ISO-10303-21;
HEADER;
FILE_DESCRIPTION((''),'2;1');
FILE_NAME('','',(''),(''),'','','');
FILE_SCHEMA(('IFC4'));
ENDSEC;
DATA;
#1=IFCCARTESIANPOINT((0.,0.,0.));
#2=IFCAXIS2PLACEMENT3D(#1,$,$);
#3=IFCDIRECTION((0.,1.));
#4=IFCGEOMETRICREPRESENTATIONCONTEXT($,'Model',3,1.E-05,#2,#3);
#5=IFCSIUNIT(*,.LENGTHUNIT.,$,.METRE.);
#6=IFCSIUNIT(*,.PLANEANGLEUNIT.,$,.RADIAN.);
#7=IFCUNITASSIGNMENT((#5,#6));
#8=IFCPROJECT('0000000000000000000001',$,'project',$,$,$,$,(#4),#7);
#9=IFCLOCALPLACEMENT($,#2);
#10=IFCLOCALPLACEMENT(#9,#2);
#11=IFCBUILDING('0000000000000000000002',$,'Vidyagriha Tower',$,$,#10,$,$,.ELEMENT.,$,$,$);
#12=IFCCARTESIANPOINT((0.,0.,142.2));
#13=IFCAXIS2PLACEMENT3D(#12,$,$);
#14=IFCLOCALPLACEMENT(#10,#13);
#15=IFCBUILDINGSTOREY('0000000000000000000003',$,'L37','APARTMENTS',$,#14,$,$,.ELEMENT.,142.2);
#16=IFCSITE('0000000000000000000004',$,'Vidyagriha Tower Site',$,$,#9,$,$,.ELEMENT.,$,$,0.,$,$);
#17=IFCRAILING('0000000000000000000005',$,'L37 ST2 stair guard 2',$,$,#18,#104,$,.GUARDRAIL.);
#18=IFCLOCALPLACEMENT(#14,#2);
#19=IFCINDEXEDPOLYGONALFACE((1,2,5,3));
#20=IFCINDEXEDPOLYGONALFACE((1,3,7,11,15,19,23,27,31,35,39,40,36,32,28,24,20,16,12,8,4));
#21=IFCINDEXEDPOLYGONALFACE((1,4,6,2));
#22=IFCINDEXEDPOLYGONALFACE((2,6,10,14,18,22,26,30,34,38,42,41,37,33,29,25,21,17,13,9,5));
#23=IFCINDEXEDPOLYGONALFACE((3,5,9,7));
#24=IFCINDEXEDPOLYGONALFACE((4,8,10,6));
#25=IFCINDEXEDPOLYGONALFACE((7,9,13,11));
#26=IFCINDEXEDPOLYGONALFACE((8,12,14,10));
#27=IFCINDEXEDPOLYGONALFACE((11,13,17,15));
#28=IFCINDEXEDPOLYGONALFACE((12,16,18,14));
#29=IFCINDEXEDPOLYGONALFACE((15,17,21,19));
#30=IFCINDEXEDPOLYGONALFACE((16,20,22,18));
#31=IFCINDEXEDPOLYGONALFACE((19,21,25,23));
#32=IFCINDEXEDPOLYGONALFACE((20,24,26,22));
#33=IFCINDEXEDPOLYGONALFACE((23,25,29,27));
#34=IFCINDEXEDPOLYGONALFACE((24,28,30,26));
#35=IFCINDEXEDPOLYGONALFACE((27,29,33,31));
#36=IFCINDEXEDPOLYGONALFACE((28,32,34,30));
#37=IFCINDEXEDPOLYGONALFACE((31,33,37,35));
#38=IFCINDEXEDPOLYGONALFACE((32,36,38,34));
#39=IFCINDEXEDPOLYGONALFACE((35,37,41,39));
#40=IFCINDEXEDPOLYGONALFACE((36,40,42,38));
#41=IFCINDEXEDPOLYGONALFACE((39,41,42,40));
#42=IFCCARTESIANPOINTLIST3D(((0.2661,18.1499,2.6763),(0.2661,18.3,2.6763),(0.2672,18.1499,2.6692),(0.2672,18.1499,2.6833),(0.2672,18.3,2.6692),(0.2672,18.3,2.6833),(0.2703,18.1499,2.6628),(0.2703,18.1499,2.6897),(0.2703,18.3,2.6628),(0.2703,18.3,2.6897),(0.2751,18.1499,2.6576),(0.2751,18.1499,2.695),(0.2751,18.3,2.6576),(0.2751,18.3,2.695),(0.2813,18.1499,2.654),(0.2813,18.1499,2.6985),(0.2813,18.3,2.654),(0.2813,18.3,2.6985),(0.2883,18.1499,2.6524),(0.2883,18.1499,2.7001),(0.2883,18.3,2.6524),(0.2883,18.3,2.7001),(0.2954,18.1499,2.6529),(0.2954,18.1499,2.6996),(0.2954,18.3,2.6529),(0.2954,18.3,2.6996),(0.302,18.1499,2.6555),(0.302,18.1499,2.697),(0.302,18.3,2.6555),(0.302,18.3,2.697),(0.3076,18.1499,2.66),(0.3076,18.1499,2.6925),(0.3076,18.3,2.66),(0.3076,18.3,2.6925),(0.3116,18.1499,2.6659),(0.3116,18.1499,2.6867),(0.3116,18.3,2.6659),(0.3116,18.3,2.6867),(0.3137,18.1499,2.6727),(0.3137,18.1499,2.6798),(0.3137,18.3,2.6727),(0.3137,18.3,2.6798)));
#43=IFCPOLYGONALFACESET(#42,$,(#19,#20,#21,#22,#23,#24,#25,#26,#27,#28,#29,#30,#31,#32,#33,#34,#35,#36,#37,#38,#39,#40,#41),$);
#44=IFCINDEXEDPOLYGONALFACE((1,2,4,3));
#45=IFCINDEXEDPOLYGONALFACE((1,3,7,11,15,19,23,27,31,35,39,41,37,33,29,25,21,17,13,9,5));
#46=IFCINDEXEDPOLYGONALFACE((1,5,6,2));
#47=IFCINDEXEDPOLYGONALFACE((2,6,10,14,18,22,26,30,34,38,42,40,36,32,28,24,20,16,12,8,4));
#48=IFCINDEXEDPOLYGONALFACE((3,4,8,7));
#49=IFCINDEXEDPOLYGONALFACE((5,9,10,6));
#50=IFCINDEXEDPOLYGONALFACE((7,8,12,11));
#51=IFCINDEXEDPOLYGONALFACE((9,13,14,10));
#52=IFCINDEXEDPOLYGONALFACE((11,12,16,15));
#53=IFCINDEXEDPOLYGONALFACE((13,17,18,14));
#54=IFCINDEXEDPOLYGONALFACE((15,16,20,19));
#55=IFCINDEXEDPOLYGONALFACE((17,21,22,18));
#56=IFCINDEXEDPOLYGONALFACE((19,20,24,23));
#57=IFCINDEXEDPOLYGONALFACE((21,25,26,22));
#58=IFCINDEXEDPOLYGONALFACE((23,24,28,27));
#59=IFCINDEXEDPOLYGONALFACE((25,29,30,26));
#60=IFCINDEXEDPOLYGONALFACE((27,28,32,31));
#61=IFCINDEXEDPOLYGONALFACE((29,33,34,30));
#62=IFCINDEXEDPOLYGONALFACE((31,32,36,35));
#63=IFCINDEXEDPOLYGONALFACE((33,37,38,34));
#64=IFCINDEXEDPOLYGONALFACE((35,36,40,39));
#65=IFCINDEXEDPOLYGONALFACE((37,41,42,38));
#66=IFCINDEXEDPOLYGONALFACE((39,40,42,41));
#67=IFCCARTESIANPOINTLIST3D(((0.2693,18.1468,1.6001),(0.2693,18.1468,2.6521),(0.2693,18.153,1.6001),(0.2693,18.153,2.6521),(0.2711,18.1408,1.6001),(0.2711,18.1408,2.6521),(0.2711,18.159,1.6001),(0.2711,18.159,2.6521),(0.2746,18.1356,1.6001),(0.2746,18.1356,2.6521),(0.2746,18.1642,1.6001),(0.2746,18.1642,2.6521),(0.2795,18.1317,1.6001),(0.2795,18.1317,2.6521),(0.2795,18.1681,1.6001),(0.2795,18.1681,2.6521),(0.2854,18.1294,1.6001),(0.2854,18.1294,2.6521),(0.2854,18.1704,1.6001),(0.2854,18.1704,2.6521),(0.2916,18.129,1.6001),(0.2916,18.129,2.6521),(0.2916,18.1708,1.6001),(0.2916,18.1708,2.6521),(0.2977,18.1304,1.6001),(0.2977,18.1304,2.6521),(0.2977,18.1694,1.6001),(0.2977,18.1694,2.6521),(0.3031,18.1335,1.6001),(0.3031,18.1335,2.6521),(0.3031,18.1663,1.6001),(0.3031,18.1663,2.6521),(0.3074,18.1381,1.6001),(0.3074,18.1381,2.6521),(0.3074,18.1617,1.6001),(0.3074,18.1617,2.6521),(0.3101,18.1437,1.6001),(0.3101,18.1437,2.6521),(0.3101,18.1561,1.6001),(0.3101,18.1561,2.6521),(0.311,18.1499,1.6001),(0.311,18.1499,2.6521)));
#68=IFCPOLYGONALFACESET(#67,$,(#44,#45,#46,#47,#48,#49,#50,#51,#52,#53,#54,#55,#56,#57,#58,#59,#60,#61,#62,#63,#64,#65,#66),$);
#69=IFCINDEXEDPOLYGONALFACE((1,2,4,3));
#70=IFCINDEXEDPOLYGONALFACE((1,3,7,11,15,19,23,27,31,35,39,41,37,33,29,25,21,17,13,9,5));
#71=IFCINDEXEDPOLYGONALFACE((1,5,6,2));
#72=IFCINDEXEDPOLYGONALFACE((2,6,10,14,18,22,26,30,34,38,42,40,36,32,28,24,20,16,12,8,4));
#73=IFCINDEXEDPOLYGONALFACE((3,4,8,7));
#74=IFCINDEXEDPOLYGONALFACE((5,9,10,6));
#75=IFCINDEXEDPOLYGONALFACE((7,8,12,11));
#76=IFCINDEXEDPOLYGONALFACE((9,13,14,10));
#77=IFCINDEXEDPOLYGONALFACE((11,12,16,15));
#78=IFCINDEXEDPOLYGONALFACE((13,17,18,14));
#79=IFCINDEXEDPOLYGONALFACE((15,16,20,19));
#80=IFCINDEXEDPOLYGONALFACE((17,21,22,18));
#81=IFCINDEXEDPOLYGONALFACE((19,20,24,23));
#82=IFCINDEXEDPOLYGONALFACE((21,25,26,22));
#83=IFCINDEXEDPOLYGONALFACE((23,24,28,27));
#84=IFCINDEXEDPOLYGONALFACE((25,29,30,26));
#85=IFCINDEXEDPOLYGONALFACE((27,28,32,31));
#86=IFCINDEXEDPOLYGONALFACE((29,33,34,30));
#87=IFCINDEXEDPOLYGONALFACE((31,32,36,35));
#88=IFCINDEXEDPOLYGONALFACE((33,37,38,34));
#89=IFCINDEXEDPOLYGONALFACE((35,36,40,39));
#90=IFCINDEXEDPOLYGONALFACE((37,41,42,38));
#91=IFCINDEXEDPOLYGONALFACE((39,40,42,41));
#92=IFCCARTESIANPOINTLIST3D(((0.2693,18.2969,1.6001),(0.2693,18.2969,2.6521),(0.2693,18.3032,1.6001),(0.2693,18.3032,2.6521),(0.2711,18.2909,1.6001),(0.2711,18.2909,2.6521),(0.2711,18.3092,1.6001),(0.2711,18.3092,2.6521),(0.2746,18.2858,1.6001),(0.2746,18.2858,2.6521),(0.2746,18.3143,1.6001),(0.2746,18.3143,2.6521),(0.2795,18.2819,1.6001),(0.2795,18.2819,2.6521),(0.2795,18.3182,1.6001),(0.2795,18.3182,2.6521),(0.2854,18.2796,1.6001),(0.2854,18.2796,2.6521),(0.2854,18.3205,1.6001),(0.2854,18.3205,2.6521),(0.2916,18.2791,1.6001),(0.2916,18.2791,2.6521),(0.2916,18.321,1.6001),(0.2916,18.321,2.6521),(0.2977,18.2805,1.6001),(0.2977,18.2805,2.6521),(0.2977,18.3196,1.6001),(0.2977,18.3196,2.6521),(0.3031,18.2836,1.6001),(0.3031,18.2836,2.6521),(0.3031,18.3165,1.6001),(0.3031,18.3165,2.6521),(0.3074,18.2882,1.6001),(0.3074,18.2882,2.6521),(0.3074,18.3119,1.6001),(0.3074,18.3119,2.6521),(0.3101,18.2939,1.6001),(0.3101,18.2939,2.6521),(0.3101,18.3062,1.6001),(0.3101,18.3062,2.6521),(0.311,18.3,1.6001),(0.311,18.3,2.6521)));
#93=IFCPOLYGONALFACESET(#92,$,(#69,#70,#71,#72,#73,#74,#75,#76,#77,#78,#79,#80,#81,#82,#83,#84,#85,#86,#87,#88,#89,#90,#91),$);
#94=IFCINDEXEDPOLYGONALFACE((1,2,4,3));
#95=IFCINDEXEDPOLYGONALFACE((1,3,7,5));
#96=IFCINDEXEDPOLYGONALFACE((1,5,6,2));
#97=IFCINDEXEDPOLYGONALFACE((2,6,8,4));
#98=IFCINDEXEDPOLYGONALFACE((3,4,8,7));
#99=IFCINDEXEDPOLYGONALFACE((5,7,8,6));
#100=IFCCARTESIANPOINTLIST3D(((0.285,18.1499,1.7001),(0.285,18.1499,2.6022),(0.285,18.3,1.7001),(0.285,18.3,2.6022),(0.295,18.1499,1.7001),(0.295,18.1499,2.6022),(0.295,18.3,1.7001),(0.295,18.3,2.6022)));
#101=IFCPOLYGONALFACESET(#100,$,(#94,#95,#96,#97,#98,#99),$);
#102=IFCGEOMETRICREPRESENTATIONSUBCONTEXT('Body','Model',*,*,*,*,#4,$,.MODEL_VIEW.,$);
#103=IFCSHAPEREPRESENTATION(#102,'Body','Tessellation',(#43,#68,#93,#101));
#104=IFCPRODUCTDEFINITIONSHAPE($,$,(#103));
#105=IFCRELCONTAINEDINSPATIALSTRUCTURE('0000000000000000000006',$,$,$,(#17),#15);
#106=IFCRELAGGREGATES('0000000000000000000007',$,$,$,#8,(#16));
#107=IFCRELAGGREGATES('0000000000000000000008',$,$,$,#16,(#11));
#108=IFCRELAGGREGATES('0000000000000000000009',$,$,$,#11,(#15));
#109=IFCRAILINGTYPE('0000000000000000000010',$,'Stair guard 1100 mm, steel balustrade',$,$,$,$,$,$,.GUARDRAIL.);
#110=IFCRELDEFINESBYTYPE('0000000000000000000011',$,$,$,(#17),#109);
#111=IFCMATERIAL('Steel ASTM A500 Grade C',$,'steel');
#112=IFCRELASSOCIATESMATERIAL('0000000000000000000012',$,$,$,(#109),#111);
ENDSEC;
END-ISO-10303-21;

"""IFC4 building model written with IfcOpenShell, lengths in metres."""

from ifc_helpers import new_model, si_unit, direction, frame, origin, origin_2d, place, context, subcontext, project, spatial, rectangle, circle, extrude, material, type_object, element, save


model = new_model("IFC4")

# Units and contexts
model_context = context("Model", 3, precision=1e-05, world=origin(), true_north=direction((0.0, 1.0)))
body_context = subcontext(model_context, "Body", "Model", "MODEL_VIEW")
ifc_project = project(units=[si_unit("LENGTHUNIT", "METRE"), si_unit("PLANEANGLEUNIT", "RADIAN")], contexts=[model_context])

# Site, building, storey
site_placement = place(None, origin())
site = spatial("IfcSite", under=ifc_project, at=site_placement, Name="Vidyagriha Tower Site", CompositionType="ELEMENT", RefElevation=0.0)
building_placement = place(site_placement, origin())
building = spatial("IfcBuilding", under=site, at=building_placement, Name="Vidyagriha Tower", CompositionType="ELEMENT")
storey_placement = place(building_placement, frame((0.0, 0.0, 142.2)))
storey = spatial("IfcBuildingStorey", under=building, at=storey_placement, Name="L37", Description="APARTMENTS", CompositionType="ELEMENT", Elevation=142.2)

# Railing
ifc_material_1 = material(Name="Steel ASTM A500 Grade C", Category="steel")
railing_type_1 = type_object("IfcRailingType", Name="Stair guard 1100 mm, steel balustrade", PredefinedType="GUARDRAIL", material=ifc_material_1)
railing_1_placement = place(storey_placement, frame((0.29, 18.1499, 1.6001)))
element("IfcRailing", 1, at=railing_1_placement, inside=storey, type_object=railing_type_1, Name="L37 ST2 stair guard 2", PredefinedType="GUARDRAIL", context=body_context, shape_type="SweptSolid", body=[
    extrude(circle(Radius=0.0239, at=origin_2d()), frame((0.0, 0.0, 1.0762), z_axis=(0.0, 1.0, 0.0), x_axis=(-1.0, 0.0, 0.0)), (0.0, 0.0, 1.0), 0.1501),
    extrude(circle(Radius=0.021, at=origin_2d()), origin(), (0.0, 0.0, 1.0), 1.052),
    extrude(circle(Radius=0.021, at=origin_2d()), frame((0.0, 0.1501, 0.0)), (0.0, 0.0, 1.0), 1.052),
    extrude(rectangle(XDim=0.01, YDim=0.9021, at=origin_2d()), frame((0.0, 0.0, 0.551), z_axis=(0.0, 1.0, 0.0), x_axis=(-1.0, 0.0, 0.0)), (0.0, 0.0, 1.0), 0.1501),
])

save(model, "model.ifc")
